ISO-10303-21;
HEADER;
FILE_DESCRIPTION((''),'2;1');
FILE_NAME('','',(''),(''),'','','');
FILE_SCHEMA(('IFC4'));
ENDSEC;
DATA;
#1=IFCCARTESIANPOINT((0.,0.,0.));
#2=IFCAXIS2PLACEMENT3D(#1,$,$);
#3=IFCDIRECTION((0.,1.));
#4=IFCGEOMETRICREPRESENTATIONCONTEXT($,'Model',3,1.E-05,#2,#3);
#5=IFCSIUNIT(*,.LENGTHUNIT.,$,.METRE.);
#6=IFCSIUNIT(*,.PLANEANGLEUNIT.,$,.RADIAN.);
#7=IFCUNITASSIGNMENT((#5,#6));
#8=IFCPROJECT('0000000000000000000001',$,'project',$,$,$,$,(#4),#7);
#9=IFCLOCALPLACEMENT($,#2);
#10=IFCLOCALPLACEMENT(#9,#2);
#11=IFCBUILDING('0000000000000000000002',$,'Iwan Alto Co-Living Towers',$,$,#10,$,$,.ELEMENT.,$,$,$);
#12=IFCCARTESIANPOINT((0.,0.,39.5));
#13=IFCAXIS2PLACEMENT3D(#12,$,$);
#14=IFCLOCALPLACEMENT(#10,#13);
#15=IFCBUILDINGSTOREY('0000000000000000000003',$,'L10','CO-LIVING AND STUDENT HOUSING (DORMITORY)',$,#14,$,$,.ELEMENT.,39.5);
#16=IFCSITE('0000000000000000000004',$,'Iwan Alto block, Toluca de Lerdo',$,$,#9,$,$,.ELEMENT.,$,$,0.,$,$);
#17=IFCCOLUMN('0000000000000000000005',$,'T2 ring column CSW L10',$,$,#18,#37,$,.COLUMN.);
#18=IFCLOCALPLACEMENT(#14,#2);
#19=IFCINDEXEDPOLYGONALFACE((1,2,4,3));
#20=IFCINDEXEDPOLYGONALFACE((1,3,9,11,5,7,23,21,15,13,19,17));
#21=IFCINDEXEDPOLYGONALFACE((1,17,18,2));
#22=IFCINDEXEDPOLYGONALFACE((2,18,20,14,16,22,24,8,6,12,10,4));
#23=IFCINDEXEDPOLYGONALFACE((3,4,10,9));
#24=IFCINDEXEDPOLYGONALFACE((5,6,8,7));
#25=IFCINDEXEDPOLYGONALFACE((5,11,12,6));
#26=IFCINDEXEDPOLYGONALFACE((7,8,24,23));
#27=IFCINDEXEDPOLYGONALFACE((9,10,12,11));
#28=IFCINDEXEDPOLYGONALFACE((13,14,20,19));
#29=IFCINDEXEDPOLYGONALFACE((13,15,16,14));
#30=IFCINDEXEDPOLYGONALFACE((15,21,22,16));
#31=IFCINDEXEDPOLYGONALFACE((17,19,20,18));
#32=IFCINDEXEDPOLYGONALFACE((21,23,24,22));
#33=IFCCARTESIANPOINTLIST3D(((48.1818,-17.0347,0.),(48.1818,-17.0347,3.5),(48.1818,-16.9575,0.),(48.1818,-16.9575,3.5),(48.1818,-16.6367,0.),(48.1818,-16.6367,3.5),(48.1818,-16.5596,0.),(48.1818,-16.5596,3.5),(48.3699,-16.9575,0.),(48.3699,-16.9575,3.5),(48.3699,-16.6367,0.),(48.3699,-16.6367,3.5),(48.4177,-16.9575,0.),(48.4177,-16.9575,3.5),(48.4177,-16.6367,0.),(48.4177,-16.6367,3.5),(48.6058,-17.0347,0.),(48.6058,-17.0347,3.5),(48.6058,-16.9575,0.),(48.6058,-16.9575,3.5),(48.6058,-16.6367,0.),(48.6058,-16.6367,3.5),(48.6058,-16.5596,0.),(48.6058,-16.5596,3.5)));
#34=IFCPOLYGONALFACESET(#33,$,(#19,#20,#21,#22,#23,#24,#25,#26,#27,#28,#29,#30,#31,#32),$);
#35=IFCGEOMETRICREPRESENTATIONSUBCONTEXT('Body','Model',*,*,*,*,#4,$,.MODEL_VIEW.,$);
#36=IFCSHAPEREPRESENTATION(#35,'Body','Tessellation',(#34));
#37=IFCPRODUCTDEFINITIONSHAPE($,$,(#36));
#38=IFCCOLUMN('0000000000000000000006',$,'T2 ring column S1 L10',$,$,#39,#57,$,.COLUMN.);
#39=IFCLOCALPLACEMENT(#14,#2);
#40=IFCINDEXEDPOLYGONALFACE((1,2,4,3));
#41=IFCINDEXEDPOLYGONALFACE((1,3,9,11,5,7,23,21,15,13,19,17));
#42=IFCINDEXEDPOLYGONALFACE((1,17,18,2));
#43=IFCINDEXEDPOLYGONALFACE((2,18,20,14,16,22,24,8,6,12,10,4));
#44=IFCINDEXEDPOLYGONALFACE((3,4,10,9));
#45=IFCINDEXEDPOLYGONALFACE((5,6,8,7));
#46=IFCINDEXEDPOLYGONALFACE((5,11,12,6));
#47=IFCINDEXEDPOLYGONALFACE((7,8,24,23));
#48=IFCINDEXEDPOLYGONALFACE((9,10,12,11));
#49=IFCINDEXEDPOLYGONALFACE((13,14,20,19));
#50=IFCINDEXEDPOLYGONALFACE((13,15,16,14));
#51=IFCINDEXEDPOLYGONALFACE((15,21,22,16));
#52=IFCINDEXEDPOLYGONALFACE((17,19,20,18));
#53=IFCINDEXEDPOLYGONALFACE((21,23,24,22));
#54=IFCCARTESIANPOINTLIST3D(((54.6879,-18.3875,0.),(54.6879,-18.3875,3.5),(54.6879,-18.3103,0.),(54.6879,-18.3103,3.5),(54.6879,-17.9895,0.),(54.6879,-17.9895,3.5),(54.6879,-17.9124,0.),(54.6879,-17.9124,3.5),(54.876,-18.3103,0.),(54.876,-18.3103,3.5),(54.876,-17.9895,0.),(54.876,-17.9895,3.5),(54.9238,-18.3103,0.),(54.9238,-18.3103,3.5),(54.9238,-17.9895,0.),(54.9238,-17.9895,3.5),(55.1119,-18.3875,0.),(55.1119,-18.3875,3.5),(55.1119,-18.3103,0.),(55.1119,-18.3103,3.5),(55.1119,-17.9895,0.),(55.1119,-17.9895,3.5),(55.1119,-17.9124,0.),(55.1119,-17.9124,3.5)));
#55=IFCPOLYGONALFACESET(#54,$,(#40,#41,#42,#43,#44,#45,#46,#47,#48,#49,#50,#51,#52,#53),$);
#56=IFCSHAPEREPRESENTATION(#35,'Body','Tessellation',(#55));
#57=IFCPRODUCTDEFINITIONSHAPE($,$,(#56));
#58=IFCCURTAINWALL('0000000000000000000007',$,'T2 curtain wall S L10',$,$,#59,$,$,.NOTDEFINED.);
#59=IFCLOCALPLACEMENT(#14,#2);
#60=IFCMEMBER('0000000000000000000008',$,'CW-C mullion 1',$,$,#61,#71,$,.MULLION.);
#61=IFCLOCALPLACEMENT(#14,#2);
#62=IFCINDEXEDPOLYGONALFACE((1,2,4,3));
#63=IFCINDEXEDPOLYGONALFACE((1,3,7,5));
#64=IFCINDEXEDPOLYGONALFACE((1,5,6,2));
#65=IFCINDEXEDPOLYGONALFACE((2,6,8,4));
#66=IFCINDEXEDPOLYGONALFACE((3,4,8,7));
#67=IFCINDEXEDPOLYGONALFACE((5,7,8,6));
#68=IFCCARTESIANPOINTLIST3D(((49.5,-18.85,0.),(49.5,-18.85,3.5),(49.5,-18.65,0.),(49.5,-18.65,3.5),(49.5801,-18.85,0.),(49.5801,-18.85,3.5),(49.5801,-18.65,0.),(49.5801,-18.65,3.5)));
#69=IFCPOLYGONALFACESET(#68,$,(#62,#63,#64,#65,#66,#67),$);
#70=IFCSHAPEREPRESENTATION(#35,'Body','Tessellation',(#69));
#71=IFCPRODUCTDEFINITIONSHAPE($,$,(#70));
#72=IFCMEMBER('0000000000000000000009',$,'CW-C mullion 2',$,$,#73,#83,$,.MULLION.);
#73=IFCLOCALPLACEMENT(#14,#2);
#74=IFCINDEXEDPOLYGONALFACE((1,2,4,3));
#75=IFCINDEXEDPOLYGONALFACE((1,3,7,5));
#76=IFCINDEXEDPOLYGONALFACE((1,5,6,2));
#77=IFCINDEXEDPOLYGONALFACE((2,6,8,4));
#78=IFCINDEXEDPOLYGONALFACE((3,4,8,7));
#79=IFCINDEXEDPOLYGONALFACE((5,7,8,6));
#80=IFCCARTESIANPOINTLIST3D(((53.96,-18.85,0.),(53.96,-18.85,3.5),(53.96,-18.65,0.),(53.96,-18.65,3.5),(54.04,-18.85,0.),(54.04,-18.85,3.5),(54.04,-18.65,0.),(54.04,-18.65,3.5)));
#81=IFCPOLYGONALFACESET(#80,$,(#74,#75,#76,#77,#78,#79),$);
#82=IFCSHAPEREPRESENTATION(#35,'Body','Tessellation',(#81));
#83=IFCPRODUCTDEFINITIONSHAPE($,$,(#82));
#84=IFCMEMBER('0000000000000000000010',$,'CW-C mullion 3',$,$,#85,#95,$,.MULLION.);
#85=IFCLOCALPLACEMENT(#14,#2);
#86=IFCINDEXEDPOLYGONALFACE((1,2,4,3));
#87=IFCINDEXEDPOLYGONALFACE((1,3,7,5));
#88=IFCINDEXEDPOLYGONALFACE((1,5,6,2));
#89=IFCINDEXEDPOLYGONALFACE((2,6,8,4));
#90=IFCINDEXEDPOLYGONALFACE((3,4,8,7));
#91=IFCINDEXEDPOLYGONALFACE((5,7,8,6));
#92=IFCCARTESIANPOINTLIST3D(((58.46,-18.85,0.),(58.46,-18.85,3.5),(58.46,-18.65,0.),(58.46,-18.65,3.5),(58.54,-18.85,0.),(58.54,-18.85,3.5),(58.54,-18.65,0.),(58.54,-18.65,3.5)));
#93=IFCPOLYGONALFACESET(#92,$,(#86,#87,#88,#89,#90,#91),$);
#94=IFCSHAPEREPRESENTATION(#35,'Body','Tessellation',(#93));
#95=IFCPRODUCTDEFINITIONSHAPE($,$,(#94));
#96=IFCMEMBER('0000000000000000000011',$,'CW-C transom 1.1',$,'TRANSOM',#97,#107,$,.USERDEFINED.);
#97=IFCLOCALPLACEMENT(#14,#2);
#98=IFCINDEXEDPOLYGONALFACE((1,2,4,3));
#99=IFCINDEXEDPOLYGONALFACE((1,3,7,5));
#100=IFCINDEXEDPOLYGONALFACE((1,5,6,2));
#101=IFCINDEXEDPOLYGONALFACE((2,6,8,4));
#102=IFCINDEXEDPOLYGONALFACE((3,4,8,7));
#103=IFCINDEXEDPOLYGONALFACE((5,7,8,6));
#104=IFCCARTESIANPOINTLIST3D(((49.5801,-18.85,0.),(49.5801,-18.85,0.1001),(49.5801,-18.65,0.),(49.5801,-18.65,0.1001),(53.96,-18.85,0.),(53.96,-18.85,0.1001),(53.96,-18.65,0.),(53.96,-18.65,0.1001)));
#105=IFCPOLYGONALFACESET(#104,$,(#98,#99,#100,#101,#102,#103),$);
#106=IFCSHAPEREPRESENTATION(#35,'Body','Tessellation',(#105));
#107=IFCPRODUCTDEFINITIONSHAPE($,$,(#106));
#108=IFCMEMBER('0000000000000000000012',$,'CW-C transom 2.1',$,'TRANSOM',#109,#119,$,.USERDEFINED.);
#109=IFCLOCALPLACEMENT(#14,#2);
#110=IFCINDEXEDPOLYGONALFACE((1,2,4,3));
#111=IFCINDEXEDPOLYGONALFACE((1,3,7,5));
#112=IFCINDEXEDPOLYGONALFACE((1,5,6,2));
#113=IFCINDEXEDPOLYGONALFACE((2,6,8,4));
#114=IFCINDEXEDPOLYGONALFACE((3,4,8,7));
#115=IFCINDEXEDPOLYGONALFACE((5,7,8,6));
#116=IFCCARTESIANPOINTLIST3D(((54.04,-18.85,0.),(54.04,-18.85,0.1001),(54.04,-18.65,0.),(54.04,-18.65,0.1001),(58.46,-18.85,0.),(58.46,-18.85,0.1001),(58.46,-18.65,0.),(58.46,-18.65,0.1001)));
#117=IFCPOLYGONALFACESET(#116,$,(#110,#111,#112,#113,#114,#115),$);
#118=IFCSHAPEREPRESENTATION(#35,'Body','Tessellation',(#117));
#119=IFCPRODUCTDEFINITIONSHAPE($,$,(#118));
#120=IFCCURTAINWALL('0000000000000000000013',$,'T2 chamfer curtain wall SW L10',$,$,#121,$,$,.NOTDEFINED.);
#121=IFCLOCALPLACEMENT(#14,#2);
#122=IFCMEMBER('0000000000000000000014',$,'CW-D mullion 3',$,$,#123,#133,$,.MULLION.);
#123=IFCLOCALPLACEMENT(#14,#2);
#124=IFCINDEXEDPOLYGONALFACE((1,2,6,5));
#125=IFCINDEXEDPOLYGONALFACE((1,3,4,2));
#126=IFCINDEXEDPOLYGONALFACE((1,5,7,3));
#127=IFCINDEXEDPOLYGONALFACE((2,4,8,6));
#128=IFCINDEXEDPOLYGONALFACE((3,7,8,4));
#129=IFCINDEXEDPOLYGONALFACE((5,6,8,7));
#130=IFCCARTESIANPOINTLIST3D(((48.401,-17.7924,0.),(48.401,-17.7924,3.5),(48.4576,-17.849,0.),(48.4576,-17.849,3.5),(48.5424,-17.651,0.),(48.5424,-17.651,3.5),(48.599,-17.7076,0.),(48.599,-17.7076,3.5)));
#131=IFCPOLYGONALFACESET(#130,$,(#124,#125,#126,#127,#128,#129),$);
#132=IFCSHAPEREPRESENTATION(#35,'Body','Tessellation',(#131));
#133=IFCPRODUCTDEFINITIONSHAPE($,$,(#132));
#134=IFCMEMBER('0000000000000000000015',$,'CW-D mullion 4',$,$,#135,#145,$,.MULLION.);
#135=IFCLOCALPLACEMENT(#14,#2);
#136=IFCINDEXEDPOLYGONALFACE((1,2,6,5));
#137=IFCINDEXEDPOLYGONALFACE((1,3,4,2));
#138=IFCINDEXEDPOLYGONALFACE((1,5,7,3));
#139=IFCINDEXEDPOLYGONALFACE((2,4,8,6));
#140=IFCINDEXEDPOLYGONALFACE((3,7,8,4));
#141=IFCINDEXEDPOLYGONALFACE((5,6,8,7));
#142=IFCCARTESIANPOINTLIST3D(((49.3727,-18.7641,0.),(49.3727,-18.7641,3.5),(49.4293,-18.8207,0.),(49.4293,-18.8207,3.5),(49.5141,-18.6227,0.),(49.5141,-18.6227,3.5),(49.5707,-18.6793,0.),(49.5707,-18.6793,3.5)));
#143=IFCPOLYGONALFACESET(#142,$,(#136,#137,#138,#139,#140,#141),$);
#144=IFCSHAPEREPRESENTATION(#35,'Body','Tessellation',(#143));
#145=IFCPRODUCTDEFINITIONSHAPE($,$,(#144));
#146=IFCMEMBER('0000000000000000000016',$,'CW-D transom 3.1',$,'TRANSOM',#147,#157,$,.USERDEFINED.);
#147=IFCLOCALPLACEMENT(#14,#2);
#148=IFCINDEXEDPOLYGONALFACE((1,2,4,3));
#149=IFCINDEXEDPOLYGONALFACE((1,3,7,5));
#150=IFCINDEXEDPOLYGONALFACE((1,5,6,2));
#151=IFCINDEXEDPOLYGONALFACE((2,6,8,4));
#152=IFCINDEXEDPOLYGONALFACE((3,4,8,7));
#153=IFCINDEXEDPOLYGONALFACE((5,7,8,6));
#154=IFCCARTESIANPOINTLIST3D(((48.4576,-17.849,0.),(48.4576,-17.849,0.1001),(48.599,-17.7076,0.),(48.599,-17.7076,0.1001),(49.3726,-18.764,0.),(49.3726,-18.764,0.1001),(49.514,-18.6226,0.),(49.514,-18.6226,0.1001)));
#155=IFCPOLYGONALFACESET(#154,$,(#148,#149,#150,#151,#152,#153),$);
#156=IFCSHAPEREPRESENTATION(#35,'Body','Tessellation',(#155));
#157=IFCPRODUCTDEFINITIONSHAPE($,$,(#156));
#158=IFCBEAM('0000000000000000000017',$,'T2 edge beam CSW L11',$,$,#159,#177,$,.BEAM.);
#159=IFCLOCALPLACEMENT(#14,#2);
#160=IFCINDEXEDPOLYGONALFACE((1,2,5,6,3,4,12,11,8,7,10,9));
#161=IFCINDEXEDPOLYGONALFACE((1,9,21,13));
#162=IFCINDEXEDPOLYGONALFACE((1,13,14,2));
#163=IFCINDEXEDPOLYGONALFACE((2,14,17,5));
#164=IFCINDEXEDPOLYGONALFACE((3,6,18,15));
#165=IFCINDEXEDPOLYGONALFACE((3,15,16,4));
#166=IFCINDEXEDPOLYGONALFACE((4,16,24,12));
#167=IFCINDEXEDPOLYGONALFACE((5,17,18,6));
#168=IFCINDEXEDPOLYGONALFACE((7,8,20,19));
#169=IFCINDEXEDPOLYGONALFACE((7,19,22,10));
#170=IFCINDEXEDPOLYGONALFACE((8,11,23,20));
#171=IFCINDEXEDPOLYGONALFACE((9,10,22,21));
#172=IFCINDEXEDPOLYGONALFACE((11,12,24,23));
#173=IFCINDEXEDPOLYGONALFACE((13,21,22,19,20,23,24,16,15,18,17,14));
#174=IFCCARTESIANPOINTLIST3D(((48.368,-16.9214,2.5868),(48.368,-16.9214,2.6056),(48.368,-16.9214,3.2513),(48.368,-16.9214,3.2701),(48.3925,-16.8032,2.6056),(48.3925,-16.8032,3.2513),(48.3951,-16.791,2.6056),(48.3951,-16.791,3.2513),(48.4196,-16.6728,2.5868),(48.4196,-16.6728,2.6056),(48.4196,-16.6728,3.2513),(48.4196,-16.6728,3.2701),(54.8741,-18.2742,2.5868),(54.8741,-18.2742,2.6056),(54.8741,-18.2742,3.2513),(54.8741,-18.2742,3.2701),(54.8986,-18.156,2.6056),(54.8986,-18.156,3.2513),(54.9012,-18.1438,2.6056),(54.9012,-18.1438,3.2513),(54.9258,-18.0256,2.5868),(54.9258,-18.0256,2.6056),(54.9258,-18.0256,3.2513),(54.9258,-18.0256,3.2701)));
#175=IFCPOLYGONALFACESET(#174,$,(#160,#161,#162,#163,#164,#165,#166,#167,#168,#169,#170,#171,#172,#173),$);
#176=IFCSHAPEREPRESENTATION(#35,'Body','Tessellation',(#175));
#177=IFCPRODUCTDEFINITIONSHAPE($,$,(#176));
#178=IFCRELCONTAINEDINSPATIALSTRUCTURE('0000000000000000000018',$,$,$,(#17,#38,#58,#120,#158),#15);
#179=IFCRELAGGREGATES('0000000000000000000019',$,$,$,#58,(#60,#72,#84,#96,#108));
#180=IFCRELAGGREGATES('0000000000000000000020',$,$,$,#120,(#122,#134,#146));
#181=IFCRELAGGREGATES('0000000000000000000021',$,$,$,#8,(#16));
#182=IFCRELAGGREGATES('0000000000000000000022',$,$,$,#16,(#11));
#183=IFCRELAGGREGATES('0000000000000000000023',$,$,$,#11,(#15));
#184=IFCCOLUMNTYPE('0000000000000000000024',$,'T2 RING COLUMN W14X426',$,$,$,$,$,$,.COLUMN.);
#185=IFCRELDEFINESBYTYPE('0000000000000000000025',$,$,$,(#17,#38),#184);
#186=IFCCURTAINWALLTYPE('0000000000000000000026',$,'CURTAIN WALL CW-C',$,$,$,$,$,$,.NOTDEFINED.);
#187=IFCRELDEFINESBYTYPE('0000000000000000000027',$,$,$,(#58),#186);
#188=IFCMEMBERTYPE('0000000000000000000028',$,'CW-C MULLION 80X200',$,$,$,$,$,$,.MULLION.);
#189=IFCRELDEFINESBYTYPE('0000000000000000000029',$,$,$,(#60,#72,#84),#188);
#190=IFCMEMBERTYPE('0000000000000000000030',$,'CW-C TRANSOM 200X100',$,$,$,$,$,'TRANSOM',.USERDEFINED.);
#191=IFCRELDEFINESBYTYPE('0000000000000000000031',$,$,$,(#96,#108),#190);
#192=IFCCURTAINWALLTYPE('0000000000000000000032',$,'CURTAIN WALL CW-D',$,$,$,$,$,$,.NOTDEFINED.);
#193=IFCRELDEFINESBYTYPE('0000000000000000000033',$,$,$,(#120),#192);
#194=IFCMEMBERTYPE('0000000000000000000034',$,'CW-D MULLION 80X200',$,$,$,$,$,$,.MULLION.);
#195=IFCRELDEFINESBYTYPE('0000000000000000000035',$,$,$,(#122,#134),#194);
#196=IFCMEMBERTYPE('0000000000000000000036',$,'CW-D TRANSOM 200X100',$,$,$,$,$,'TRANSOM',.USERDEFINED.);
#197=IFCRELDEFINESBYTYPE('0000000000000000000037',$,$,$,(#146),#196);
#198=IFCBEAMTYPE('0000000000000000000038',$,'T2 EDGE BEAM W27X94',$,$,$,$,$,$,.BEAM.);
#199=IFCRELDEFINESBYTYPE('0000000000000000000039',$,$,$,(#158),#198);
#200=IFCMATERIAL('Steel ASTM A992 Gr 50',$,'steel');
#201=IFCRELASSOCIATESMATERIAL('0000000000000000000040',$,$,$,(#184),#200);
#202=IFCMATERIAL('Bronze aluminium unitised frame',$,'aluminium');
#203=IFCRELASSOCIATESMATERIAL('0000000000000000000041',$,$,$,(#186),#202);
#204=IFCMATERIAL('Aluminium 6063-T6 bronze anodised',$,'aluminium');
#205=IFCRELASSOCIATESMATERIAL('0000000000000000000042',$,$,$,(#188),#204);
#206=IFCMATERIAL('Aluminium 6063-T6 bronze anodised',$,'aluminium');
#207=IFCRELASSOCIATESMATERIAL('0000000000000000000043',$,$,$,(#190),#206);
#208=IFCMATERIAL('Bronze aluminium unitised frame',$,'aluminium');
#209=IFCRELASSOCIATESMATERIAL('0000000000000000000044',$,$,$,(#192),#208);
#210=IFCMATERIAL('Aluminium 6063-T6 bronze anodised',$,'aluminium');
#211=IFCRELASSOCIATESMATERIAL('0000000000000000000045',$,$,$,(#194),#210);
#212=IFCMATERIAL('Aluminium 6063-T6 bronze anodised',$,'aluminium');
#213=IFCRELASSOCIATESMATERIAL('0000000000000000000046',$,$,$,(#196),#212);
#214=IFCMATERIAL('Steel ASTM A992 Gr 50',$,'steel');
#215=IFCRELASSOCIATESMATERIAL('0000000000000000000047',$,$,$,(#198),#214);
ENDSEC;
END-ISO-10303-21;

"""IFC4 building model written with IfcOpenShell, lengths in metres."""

from ifc_helpers import new_model, si_unit, direction, frame, origin, origin_2d, place, context, subcontext, project, spatial, rectangle, i_section, extrude, material, material_profile, profile_set, type_object, element, aggregate, save


model = new_model("IFC4")

# Units and contexts
model_context = context("Model", 3, precision=1e-05, world=origin(), true_north=direction((0.0, 1.0)))
body_context = subcontext(model_context, "Body", "Model", "MODEL_VIEW")
ifc_project = project(units=[si_unit("LENGTHUNIT", "METRE"), si_unit("PLANEANGLEUNIT", "RADIAN")], contexts=[model_context])

# Site, building, storey
site_placement = place(None, origin())
site = spatial("IfcSite", under=ifc_project, at=site_placement, Name="Iwan Alto block, Toluca de Lerdo", CompositionType="ELEMENT", RefElevation=0.0)
building_placement = place(site_placement, origin())
building = spatial("IfcBuilding", under=site, at=building_placement, Name="Iwan Alto Co-Living Towers", CompositionType="ELEMENT")
storey_placement = place(building_placement, frame((0.0, 0.0, 39.5)))
storey = spatial("IfcBuildingStorey", under=building, at=storey_placement, Name="L10", Description="CO-LIVING AND STUDENT HOUSING (DORMITORY)", CompositionType="ELEMENT", Elevation=39.5)

# Columns
ifc_material_1 = material(Name="Steel ASTM A992 Gr 50", Category="steel")
ifc_material_profile_1 = material_profile(ifc_material_1, i_section(OverallWidth=0.4241, OverallDepth=0.4751, WebThickness=0.0479, FlangeThickness=0.0771, at=origin_2d()), Name="W14X426")
ifc_profile_set_1 = profile_set([ifc_material_profile_1], Name="Steel ASTM A992 Gr 50")
column_type = type_object("IfcColumnType", Name="T2 RING COLUMN W14X426", PredefinedType="COLUMN", material=ifc_profile_set_1)
for number, where, z_axis, x_axis, name in (
    (1, (48.3938, -16.7971, 0.0), (0.0, 0.0, 1.0), (1.0, 0.0, 0.0), "T2 ring column CSW L10"),
    (2, (54.8999, -18.1499, 0.0), (0.0, 0.0, 1.0), (1.0, 0.0, 0.0), "T2 ring column S1 L10"),
):
    element("IfcColumn", number, at=place(storey_placement, frame(where, z_axis=z_axis, x_axis=x_axis)), inside=storey, type_object=column_type, Name=name, PredefinedType="COLUMN", context=body_context, shape_type="SweptSolid", body=[
        extrude(i_section(OverallWidth=0.4241, OverallDepth=0.4751, WebThickness=0.0479, FlangeThickness=0.0771, at=origin_2d()), origin(), (0.0, 0.0, 1.0), 3.5),
    ])

# Curtain walls, members
ifc_material_2 = material(Name="Bronze aluminium unitised frame", Category="aluminium")
curtain_wall_type_1 = type_object("IfcCurtainWallType", Name="CURTAIN WALL CW-C", PredefinedType="NOTDEFINED", material=ifc_material_2)
curtain_wall_1_placement = place(storey_placement, origin())
curtain_wall_1 = element("IfcCurtainWall", 3, at=curtain_wall_1_placement, inside=storey, type_object=curtain_wall_type_1, Name="T2 curtain wall S L10", PredefinedType="NOTDEFINED")
ifc_material_3 = material(Name="Aluminium 6063-T6 bronze anodised", Category="aluminium")
ifc_material_profile_2 = material_profile(ifc_material_3, rectangle(XDim=0.2, YDim=0.0801, at=origin_2d()), Name="AL 80X200")
ifc_profile_set_2 = profile_set([ifc_material_profile_2], Name="Aluminium 6063-T6 bronze anodised")
member_type_1 = type_object("IfcMemberType", Name="CW-C MULLION 80X200", PredefinedType="MULLION", material=ifc_profile_set_2)
member_1_placement = place(storey_placement, frame((49.54, -18.75, 0.0), z_axis=(0.0, 0.0, 1.0), x_axis=(0.0, 1.0, 0.0)))
member_1 = element("IfcMember", 4, at=member_1_placement, type_object=member_type_1, Name="CW-C mullion 1", PredefinedType="MULLION", context=body_context, shape_type="SweptSolid", body=[
    extrude(rectangle(XDim=0.2, YDim=0.0801, at=origin_2d()), origin(), (0.0, 0.0, 1.0), 3.5),
])
member_2_placement = place(storey_placement, frame((54.0, -18.75, 0.0), z_axis=(0.0, 0.0, 1.0), x_axis=(0.0, 1.0, 0.0)))
member_2 = element("IfcMember", 5, at=member_2_placement, type_object=member_type_1, Name="CW-C mullion 2", PredefinedType="MULLION", context=body_context, shape_type="SweptSolid", body=[
    extrude(rectangle(XDim=0.2, YDim=0.0801, at=origin_2d()), origin(), (0.0, 0.0, 1.0), 3.5),
])
member_3_placement = place(storey_placement, frame((58.5, -18.75, 0.0), z_axis=(0.0, 0.0, 1.0), x_axis=(0.0, 1.0, 0.0)))
member_3 = element("IfcMember", 6, at=member_3_placement, type_object=member_type_1, Name="CW-C mullion 3", PredefinedType="MULLION", context=body_context, shape_type="SweptSolid", body=[
    extrude(rectangle(XDim=0.2, YDim=0.0801, at=origin_2d()), origin(), (0.0, 0.0, 1.0), 3.5),
])
ifc_material_4 = material(Name="Aluminium 6063-T6 bronze anodised", Category="aluminium")
ifc_material_profile_3 = material_profile(ifc_material_4, rectangle(XDim=0.2, YDim=0.1001, at=origin_2d()), Name="AL 200X100")
ifc_profile_set_3 = profile_set([ifc_material_profile_3], Name="Aluminium 6063-T6 bronze anodised")
member_type_2 = type_object("IfcMemberType", Name="CW-C TRANSOM 200X100", ElementType="TRANSOM", PredefinedType="USERDEFINED", material=ifc_profile_set_3)
member_4_placement = place(storey_placement, frame((49.5801, -18.75, 0.05), z_axis=(1.0, 0.0, 0.0), x_axis=(0.0, 1.0, 0.0)))
member_4 = element("IfcMember", 7, at=member_4_placement, type_object=member_type_2, Name="CW-C transom 1.1", ObjectType="TRANSOM", PredefinedType="USERDEFINED", context=body_context, shape_type="SweptSolid", body=[
    extrude(rectangle(XDim=0.2, YDim=0.1001, at=origin_2d()), origin(), (0.0, 0.0, 1.0), 4.3799),
])
member_5_placement = place(storey_placement, frame((54.04, -18.75, 0.05), z_axis=(1.0, 0.0, 0.0), x_axis=(0.0, 1.0, 0.0)))
member_5 = element("IfcMember", 8, at=member_5_placement, type_object=member_type_2, Name="CW-C transom 2.1", ObjectType="TRANSOM", PredefinedType="USERDEFINED", context=body_context, shape_type="SweptSolid", body=[
    extrude(rectangle(XDim=0.2, YDim=0.1001, at=origin_2d()), origin(), (0.0, 0.0, 1.0), 4.4199),
])
ifc_material_5 = material(Name="Bronze aluminium unitised frame", Category="aluminium")
curtain_wall_type_2 = type_object("IfcCurtainWallType", Name="CURTAIN WALL CW-D", PredefinedType="NOTDEFINED", material=ifc_material_5)
curtain_wall_2_placement = place(storey_placement, origin())
curtain_wall_2 = element("IfcCurtainWall", 9, at=curtain_wall_2_placement, inside=storey, type_object=curtain_wall_type_2, Name="T2 chamfer curtain wall SW L10", PredefinedType="NOTDEFINED")
ifc_material_6 = material(Name="Aluminium 6063-T6 bronze anodised", Category="aluminium")
ifc_material_profile_4 = material_profile(ifc_material_6, rectangle(XDim=0.2, YDim=0.0801, at=origin_2d()), Name="AL 80X200")
ifc_profile_set_4 = profile_set([ifc_material_profile_4], Name="Aluminium 6063-T6 bronze anodised")
member_type_3 = type_object("IfcMemberType", Name="CW-D MULLION 80X200", PredefinedType="MULLION", material=ifc_profile_set_4)
member_6_placement = place(storey_placement, frame((48.5, -17.75, 0.0), z_axis=(0.0, 0.0, 1.0), x_axis=(0.707107, 0.707107, 0.0)))
member_6 = element("IfcMember", 10, at=member_6_placement, type_object=member_type_3, Name="CW-D mullion 3", PredefinedType="MULLION", context=body_context, shape_type="SweptSolid", body=[
    extrude(rectangle(XDim=0.2, YDim=0.0801, at=origin_2d()), origin(), (0.0, 0.0, 1.0), 3.5),
])
member_7_placement = place(storey_placement, frame((49.4717, -18.7217, 0.0), z_axis=(0.0, 0.0, 1.0), x_axis=(0.707107, 0.707107, 0.0)))
member_7 = element("IfcMember", 11, at=member_7_placement, type_object=member_type_3, Name="CW-D mullion 4", PredefinedType="MULLION", context=body_context, shape_type="SweptSolid", body=[
    extrude(rectangle(XDim=0.2, YDim=0.0801, at=origin_2d()), origin(), (0.0, 0.0, 1.0), 3.5),
])
ifc_material_7 = material(Name="Aluminium 6063-T6 bronze anodised", Category="aluminium")
ifc_material_profile_5 = material_profile(ifc_material_7, rectangle(XDim=0.2, YDim=0.1001, at=origin_2d()), Name="AL 200X100")
ifc_profile_set_5 = profile_set([ifc_material_profile_5], Name="Aluminium 6063-T6 bronze anodised")
member_type_4 = type_object("IfcMemberType", Name="CW-D TRANSOM 200X100", ElementType="TRANSOM", PredefinedType="USERDEFINED", material=ifc_profile_set_5)
member_8_placement = place(storey_placement, frame((48.5283, -17.7783, 0.05), z_axis=(0.707107, -0.707107, 0.0), x_axis=(0.707107, 0.707107, 0.0)))
member_8 = element("IfcMember", 12, at=member_8_placement, type_object=member_type_4, Name="CW-D transom 3.1", ObjectType="TRANSOM", PredefinedType="USERDEFINED", context=body_context, shape_type="SweptSolid", body=[
    extrude(rectangle(XDim=0.2, YDim=0.1001, at=origin_2d()), origin(), (0.0, 0.0, 1.0), 1.2939),
])

# Beam
ifc_material_8 = material(Name="Steel ASTM A992 Gr 50", Category="steel")
ifc_material_profile_6 = material_profile(ifc_material_8, i_section(OverallWidth=0.2539, OverallDepth=0.6833, WebThickness=0.0125, FlangeThickness=0.0188, at=origin_2d()), Name="W27X94")
ifc_profile_set_6 = profile_set([ifc_material_profile_6], Name="Steel ASTM A992 Gr 50")
beam_type_1 = type_object("IfcBeamType", Name="T2 EDGE BEAM W27X94", PredefinedType="BEAM", material=ifc_profile_set_6)
beam_1_placement = place(storey_placement, frame((48.3938, -16.7971, 2.9285), z_axis=(0.97906, -0.203571, 0.0), x_axis=(0.203571, 0.97906, 0.0)))
element("IfcBeam", 13, at=beam_1_placement, inside=storey, type_object=beam_type_1, Name="T2 edge beam CSW L11", PredefinedType="BEAM", context=body_context, shape_type="SweptSolid", body=[
    extrude(i_section(OverallWidth=0.2539, OverallDepth=0.6833, WebThickness=0.0125, FlangeThickness=0.0188, at=origin_2d()), origin(), (0.0, 0.0, 1.0), 6.6453),
])

aggregate(curtain_wall_1, [member_1, member_2, member_3, member_4, member_5])
aggregate(curtain_wall_2, [member_6, member_7, member_8])

save(model, "model.ifc")
